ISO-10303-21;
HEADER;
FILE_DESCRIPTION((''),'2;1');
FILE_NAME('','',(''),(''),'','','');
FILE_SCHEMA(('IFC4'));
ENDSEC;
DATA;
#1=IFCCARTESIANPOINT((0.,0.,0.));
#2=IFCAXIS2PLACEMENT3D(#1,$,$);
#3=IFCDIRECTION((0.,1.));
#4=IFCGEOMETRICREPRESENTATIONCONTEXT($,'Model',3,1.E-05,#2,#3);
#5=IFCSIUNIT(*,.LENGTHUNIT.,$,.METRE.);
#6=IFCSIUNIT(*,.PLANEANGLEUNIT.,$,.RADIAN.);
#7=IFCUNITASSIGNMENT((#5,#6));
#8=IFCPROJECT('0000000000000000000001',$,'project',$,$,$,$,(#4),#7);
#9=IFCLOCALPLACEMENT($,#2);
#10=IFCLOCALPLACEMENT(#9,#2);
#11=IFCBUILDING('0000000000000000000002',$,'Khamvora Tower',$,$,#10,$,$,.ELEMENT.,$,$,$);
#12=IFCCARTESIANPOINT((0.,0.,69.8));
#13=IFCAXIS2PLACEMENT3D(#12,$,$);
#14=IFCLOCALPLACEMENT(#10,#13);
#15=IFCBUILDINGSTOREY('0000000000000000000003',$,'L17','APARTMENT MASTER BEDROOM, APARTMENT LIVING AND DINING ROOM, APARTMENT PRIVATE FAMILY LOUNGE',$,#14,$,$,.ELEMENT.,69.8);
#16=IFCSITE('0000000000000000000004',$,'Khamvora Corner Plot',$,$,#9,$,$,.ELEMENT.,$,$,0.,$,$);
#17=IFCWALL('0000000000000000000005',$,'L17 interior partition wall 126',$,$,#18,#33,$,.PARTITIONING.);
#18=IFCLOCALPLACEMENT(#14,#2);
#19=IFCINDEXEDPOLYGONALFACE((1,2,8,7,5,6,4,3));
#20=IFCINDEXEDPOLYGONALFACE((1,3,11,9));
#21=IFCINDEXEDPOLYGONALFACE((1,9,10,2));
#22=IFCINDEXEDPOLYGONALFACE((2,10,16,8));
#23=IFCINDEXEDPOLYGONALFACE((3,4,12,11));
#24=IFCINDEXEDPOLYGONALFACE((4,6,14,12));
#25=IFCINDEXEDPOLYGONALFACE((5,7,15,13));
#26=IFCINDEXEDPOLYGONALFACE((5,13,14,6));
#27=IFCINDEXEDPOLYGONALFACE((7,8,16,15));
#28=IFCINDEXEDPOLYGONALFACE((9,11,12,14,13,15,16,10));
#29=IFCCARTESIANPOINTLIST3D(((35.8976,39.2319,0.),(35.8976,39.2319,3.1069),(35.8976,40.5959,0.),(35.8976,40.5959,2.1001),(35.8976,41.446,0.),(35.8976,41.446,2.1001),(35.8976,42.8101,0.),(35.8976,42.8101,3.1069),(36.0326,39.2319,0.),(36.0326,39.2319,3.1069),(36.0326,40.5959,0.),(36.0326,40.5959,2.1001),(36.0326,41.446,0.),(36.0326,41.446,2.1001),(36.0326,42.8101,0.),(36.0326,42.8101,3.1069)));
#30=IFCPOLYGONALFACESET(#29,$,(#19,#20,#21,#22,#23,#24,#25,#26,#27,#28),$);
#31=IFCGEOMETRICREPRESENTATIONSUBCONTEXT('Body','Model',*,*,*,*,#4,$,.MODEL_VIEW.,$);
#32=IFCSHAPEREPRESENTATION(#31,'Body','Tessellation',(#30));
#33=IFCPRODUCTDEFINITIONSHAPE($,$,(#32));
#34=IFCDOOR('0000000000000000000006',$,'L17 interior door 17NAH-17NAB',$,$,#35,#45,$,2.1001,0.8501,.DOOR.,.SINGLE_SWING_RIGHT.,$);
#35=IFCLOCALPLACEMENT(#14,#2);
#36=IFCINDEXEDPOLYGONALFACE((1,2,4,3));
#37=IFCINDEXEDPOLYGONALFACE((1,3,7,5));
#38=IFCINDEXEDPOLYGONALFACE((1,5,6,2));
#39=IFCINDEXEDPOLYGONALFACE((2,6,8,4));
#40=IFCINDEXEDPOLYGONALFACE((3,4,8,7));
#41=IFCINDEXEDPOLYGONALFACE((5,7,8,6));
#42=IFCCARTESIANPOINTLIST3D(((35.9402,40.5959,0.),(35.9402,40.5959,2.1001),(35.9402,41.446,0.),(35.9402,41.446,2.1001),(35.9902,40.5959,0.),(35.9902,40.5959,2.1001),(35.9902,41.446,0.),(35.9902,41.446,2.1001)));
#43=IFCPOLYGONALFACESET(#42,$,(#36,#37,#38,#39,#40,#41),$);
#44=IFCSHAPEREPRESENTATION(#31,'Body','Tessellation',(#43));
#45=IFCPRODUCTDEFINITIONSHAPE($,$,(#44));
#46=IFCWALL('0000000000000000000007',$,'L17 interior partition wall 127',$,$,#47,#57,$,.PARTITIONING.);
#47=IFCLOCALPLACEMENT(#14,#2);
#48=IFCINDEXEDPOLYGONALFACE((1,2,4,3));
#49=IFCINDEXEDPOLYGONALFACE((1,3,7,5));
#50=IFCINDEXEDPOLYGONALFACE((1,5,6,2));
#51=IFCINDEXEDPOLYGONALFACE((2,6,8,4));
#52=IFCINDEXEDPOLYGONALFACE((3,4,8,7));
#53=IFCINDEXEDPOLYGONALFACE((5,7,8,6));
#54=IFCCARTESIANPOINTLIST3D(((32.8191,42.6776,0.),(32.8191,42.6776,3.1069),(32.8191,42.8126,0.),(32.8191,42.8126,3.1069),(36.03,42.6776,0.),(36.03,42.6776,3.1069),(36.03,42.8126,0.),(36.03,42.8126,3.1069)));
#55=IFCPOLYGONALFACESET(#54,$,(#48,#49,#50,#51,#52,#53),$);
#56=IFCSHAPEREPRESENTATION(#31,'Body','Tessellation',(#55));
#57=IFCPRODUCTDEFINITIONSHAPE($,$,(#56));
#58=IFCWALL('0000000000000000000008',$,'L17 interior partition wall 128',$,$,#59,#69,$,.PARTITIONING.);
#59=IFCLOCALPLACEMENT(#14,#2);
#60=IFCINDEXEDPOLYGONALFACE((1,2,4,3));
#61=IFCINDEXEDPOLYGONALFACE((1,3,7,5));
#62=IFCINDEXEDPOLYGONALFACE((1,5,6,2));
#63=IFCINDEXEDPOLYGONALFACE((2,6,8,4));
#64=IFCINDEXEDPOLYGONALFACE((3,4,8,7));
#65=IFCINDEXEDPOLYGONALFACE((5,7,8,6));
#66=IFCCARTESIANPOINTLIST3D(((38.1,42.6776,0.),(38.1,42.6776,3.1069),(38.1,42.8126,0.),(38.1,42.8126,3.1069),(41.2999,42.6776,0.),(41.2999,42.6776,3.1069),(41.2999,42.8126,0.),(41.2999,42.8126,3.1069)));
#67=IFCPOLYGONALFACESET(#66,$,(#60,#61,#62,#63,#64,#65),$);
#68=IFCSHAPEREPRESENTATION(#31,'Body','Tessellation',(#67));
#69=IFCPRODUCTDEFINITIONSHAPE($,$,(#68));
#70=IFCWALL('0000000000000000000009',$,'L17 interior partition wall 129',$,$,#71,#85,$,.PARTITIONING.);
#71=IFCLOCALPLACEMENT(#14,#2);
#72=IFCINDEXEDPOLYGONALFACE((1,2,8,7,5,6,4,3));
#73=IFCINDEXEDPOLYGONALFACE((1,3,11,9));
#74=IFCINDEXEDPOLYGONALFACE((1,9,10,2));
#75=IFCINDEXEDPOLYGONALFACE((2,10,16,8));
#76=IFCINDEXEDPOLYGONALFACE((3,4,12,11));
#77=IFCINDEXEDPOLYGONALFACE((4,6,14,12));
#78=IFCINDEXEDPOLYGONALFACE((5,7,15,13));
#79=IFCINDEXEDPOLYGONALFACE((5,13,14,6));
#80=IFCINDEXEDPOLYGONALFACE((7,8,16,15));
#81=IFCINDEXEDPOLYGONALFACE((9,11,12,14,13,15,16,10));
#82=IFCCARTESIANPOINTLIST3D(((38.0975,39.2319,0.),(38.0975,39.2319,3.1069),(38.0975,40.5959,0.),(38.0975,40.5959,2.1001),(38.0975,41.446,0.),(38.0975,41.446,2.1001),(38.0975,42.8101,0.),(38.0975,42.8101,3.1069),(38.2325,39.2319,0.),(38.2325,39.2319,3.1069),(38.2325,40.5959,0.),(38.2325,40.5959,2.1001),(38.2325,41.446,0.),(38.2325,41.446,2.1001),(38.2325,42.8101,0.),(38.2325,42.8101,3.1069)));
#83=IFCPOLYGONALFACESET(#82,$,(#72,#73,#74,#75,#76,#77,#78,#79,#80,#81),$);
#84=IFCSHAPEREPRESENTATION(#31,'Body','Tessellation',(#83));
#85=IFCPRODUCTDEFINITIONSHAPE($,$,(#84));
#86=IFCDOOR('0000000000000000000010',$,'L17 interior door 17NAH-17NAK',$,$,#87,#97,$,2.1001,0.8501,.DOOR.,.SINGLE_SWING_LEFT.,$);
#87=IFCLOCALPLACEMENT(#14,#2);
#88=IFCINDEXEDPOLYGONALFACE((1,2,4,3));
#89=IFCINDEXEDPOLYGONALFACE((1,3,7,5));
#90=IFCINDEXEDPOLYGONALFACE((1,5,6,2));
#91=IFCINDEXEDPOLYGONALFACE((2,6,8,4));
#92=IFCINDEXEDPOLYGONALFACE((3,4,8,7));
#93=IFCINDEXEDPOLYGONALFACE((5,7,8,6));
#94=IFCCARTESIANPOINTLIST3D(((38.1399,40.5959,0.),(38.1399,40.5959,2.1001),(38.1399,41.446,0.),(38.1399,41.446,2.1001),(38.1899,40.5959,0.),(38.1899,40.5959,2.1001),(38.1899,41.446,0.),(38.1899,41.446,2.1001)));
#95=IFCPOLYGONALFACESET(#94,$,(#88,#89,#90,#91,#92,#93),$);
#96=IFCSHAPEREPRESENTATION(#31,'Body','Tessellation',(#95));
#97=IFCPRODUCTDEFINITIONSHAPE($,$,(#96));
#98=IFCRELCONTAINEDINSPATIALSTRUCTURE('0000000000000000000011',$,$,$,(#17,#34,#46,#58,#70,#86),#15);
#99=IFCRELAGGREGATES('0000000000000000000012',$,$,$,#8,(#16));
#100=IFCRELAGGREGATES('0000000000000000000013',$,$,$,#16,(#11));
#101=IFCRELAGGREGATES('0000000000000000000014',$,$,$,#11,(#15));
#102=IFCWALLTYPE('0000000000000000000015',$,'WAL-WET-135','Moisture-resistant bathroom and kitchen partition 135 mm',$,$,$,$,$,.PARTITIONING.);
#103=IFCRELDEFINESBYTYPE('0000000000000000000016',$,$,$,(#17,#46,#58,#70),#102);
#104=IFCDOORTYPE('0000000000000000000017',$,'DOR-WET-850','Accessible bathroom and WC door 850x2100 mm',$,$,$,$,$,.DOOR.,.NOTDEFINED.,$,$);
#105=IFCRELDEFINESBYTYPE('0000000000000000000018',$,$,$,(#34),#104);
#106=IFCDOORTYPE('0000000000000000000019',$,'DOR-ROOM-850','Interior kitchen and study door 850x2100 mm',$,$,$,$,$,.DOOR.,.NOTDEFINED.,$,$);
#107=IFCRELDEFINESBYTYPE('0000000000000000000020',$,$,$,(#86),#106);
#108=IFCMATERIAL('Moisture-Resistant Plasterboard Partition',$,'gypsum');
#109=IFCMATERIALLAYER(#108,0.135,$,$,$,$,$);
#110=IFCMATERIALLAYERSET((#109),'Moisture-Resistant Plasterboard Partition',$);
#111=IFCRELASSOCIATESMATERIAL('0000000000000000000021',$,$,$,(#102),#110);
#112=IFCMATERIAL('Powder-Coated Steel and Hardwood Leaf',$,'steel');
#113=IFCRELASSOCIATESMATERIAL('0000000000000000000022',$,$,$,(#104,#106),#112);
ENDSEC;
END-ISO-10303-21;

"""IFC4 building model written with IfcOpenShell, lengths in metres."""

from ifc_helpers import new_model, si_unit, direction, frame, frame_2d, origin, place, context, subcontext, project, spatial, rectangle, extrude, material, layer, layer_set, type_object, element, fill, save


model = new_model("IFC4")

# Units and contexts
model_context = context("Model", 3, precision=1e-05, world=origin(), true_north=direction((0.0, 1.0)))
body_context = subcontext(model_context, "Body", "Model", "MODEL_VIEW")
ifc_project = project(units=[si_unit("LENGTHUNIT", "METRE"), si_unit("PLANEANGLEUNIT", "RADIAN")], contexts=[model_context])

# Site, building, storey
site_placement = place(None, origin())
site = spatial("IfcSite", under=ifc_project, at=site_placement, Name="Khamvora Corner Plot", CompositionType="ELEMENT", RefElevation=0.0)
building_placement = place(site_placement, origin())
building = spatial("IfcBuilding", under=site, at=building_placement, Name="Khamvora Tower", CompositionType="ELEMENT")
storey_placement = place(building_placement, frame((0.0, 0.0, 69.8)))
storey = spatial("IfcBuildingStorey", under=building, at=storey_placement, Name="L17", Description="APARTMENT MASTER BEDROOM, APARTMENT LIVING AND DINING ROOM, APARTMENT PRIVATE FAMILY LOUNGE", CompositionType="ELEMENT", Elevation=69.8)

# Shared definitions
ifc_material_1 = material(Name="Powder-Coated Steel and Hardwood Leaf", Category="steel")

# Shared definitions
ifc_material_2 = material(Name="Moisture-Resistant Plasterboard Partition", Category="gypsum")
ifc_layer_1 = layer(ifc_material_2, 0.135)
ifc_layer_set_1 = layer_set([ifc_layer_1], Name="Moisture-Resistant Plasterboard Partition")
wall_type_1 = type_object("IfcWallType", Name="WAL-WET-135", Description="Moisture-resistant bathroom and kitchen partition 135 mm", PredefinedType="PARTITIONING", material=ifc_layer_set_1)

# Wall, opening, door
wall_1_placement = place(storey_placement, frame((35.9651, 39.2319, 0.0), z_axis=(0.0, 0.0, 1.0), x_axis=(0.0, 1.0, 0.0)))
wall_1 = element("IfcWall", 1, at=wall_1_placement, inside=storey, type_object=wall_type_1, Name="L17 interior partition wall 126", PredefinedType="PARTITIONING", context=body_context, shape_type="SweptSolid", body=[
    extrude(rectangle(XDim=3.5781, YDim=0.135, at=frame_2d((1.7891, 0.0))), origin(), (0.0, 0.0, 1.0), 3.1069),
])
opening_1_placement = place(wall_1_placement, frame((1.364, 0.0, 0.0)))
opening_1 = element("IfcOpeningElement", 2, at=opening_1_placement, cuts=wall_1, PredefinedType="OPENING", context=body_context, shape_type="SweptSolid", body=[
    extrude(rectangle(XDim=0.8501, YDim=2.1001, at=frame_2d((0.425, 1.05))), frame((0.0, 0.0774, 0.0), z_axis=(0.0, -1.0, 0.0), x_axis=(1.0, 0.0, 0.0)), (0.0, 0.0, 1.0), 0.155),
])
door_type_1 = type_object("IfcDoorType", Name="DOR-WET-850", Description="Accessible bathroom and WC door 850x2100 mm", OperationType="NOTDEFINED", PredefinedType="DOOR", material=ifc_material_1)
door_1_placement = place(opening_1_placement, origin())
door_1 = element("IfcDoor", 3, at=door_1_placement, inside=storey, type_object=door_type_1, Name="L17 interior door 17NAH-17NAB", OperationType="SINGLE_SWING_RIGHT", OverallHeight=2.1001, OverallWidth=0.8501, PredefinedType="DOOR", context=body_context, shape_type="SweptSolid", body=[
    extrude(rectangle(XDim=0.8501, YDim=2.1001, at=frame_2d((0.425, 1.05))), frame((0.0, 0.0249, 0.0), z_axis=(0.0, -1.0, 0.0), x_axis=(1.0, 0.0, 0.0)), (0.0, 0.0, 1.0), 0.05),
])
fill(opening_1, door_1)

# Walls
wall_2_placement = place(storey_placement, frame((36.03, 42.7451, 0.0), z_axis=(0.0, 0.0, 1.0), x_axis=(-1.0, 0.0, 0.0)))
element("IfcWall", 4, at=wall_2_placement, inside=storey, type_object=wall_type_1, Name="L17 interior partition wall 127", PredefinedType="PARTITIONING", context=body_context, shape_type="SweptSolid", body=[
    extrude(rectangle(XDim=3.2109, YDim=0.135, at=frame_2d((1.6055, 0.0))), origin(), (0.0, 0.0, 1.0), 3.1069),
])
wall_3_placement = place(storey_placement, frame((41.3, 42.7451, 0.0), z_axis=(0.0, 0.0, 1.0), x_axis=(-1.0, 0.0, 0.0)))
element("IfcWall", 5, at=wall_3_placement, inside=storey, type_object=wall_type_1, Name="L17 interior partition wall 128", PredefinedType="PARTITIONING", context=body_context, shape_type="SweptSolid", body=[
    extrude(rectangle(XDim=3.2, YDim=0.135, at=frame_2d((1.6001, 0.0))), origin(), (0.0, 0.0, 1.0), 3.1069),
])

# Wall, opening, door
wall_4_placement = place(storey_placement, frame((38.165, 42.8101, 0.0), z_axis=(0.0, 0.0, 1.0), x_axis=(0.0, -1.0, 0.0)))
wall_4 = element("IfcWall", 6, at=wall_4_placement, inside=storey, type_object=wall_type_1, Name="L17 interior partition wall 129", PredefinedType="PARTITIONING", context=body_context, shape_type="SweptSolid", body=[
    extrude(rectangle(XDim=3.5781, YDim=0.135, at=frame_2d((1.7891, 0.0))), origin(), (0.0, 0.0, 1.0), 3.1069),
])
opening_2_placement = place(wall_4_placement, frame((1.364, 0.0, 0.0)))
opening_2 = element("IfcOpeningElement", 7, at=opening_2_placement, cuts=wall_4, PredefinedType="OPENING", context=body_context, shape_type="SweptSolid", body=[
    extrude(rectangle(XDim=0.8501, YDim=2.1001, at=frame_2d((0.425, 1.05))), frame((0.0, 0.0774, 0.0), z_axis=(0.0, -1.0, 0.0), x_axis=(1.0, 0.0, 0.0)), (0.0, 0.0, 1.0), 0.155),
])
door_type_2 = type_object("IfcDoorType", Name="DOR-ROOM-850", Description="Interior kitchen and study door 850x2100 mm", OperationType="NOTDEFINED", PredefinedType="DOOR", material=ifc_material_1)
door_2_placement = place(opening_2_placement, origin())
door_2 = element("IfcDoor", 8, at=door_2_placement, inside=storey, type_object=door_type_2, Name="L17 interior door 17NAH-17NAK", OperationType="SINGLE_SWING_LEFT", OverallHeight=2.1001, OverallWidth=0.8501, PredefinedType="DOOR", context=body_context, shape_type="SweptSolid", body=[
    extrude(rectangle(XDim=0.8501, YDim=2.1001, at=frame_2d((0.425, 1.05))), frame((0.0, 0.0249, 0.0), z_axis=(0.0, -1.0, 0.0), x_axis=(1.0, 0.0, 0.0)), (0.0, 0.0, 1.0), 0.05),
])
fill(opening_2, door_2)

save(model, "model.ifc")
